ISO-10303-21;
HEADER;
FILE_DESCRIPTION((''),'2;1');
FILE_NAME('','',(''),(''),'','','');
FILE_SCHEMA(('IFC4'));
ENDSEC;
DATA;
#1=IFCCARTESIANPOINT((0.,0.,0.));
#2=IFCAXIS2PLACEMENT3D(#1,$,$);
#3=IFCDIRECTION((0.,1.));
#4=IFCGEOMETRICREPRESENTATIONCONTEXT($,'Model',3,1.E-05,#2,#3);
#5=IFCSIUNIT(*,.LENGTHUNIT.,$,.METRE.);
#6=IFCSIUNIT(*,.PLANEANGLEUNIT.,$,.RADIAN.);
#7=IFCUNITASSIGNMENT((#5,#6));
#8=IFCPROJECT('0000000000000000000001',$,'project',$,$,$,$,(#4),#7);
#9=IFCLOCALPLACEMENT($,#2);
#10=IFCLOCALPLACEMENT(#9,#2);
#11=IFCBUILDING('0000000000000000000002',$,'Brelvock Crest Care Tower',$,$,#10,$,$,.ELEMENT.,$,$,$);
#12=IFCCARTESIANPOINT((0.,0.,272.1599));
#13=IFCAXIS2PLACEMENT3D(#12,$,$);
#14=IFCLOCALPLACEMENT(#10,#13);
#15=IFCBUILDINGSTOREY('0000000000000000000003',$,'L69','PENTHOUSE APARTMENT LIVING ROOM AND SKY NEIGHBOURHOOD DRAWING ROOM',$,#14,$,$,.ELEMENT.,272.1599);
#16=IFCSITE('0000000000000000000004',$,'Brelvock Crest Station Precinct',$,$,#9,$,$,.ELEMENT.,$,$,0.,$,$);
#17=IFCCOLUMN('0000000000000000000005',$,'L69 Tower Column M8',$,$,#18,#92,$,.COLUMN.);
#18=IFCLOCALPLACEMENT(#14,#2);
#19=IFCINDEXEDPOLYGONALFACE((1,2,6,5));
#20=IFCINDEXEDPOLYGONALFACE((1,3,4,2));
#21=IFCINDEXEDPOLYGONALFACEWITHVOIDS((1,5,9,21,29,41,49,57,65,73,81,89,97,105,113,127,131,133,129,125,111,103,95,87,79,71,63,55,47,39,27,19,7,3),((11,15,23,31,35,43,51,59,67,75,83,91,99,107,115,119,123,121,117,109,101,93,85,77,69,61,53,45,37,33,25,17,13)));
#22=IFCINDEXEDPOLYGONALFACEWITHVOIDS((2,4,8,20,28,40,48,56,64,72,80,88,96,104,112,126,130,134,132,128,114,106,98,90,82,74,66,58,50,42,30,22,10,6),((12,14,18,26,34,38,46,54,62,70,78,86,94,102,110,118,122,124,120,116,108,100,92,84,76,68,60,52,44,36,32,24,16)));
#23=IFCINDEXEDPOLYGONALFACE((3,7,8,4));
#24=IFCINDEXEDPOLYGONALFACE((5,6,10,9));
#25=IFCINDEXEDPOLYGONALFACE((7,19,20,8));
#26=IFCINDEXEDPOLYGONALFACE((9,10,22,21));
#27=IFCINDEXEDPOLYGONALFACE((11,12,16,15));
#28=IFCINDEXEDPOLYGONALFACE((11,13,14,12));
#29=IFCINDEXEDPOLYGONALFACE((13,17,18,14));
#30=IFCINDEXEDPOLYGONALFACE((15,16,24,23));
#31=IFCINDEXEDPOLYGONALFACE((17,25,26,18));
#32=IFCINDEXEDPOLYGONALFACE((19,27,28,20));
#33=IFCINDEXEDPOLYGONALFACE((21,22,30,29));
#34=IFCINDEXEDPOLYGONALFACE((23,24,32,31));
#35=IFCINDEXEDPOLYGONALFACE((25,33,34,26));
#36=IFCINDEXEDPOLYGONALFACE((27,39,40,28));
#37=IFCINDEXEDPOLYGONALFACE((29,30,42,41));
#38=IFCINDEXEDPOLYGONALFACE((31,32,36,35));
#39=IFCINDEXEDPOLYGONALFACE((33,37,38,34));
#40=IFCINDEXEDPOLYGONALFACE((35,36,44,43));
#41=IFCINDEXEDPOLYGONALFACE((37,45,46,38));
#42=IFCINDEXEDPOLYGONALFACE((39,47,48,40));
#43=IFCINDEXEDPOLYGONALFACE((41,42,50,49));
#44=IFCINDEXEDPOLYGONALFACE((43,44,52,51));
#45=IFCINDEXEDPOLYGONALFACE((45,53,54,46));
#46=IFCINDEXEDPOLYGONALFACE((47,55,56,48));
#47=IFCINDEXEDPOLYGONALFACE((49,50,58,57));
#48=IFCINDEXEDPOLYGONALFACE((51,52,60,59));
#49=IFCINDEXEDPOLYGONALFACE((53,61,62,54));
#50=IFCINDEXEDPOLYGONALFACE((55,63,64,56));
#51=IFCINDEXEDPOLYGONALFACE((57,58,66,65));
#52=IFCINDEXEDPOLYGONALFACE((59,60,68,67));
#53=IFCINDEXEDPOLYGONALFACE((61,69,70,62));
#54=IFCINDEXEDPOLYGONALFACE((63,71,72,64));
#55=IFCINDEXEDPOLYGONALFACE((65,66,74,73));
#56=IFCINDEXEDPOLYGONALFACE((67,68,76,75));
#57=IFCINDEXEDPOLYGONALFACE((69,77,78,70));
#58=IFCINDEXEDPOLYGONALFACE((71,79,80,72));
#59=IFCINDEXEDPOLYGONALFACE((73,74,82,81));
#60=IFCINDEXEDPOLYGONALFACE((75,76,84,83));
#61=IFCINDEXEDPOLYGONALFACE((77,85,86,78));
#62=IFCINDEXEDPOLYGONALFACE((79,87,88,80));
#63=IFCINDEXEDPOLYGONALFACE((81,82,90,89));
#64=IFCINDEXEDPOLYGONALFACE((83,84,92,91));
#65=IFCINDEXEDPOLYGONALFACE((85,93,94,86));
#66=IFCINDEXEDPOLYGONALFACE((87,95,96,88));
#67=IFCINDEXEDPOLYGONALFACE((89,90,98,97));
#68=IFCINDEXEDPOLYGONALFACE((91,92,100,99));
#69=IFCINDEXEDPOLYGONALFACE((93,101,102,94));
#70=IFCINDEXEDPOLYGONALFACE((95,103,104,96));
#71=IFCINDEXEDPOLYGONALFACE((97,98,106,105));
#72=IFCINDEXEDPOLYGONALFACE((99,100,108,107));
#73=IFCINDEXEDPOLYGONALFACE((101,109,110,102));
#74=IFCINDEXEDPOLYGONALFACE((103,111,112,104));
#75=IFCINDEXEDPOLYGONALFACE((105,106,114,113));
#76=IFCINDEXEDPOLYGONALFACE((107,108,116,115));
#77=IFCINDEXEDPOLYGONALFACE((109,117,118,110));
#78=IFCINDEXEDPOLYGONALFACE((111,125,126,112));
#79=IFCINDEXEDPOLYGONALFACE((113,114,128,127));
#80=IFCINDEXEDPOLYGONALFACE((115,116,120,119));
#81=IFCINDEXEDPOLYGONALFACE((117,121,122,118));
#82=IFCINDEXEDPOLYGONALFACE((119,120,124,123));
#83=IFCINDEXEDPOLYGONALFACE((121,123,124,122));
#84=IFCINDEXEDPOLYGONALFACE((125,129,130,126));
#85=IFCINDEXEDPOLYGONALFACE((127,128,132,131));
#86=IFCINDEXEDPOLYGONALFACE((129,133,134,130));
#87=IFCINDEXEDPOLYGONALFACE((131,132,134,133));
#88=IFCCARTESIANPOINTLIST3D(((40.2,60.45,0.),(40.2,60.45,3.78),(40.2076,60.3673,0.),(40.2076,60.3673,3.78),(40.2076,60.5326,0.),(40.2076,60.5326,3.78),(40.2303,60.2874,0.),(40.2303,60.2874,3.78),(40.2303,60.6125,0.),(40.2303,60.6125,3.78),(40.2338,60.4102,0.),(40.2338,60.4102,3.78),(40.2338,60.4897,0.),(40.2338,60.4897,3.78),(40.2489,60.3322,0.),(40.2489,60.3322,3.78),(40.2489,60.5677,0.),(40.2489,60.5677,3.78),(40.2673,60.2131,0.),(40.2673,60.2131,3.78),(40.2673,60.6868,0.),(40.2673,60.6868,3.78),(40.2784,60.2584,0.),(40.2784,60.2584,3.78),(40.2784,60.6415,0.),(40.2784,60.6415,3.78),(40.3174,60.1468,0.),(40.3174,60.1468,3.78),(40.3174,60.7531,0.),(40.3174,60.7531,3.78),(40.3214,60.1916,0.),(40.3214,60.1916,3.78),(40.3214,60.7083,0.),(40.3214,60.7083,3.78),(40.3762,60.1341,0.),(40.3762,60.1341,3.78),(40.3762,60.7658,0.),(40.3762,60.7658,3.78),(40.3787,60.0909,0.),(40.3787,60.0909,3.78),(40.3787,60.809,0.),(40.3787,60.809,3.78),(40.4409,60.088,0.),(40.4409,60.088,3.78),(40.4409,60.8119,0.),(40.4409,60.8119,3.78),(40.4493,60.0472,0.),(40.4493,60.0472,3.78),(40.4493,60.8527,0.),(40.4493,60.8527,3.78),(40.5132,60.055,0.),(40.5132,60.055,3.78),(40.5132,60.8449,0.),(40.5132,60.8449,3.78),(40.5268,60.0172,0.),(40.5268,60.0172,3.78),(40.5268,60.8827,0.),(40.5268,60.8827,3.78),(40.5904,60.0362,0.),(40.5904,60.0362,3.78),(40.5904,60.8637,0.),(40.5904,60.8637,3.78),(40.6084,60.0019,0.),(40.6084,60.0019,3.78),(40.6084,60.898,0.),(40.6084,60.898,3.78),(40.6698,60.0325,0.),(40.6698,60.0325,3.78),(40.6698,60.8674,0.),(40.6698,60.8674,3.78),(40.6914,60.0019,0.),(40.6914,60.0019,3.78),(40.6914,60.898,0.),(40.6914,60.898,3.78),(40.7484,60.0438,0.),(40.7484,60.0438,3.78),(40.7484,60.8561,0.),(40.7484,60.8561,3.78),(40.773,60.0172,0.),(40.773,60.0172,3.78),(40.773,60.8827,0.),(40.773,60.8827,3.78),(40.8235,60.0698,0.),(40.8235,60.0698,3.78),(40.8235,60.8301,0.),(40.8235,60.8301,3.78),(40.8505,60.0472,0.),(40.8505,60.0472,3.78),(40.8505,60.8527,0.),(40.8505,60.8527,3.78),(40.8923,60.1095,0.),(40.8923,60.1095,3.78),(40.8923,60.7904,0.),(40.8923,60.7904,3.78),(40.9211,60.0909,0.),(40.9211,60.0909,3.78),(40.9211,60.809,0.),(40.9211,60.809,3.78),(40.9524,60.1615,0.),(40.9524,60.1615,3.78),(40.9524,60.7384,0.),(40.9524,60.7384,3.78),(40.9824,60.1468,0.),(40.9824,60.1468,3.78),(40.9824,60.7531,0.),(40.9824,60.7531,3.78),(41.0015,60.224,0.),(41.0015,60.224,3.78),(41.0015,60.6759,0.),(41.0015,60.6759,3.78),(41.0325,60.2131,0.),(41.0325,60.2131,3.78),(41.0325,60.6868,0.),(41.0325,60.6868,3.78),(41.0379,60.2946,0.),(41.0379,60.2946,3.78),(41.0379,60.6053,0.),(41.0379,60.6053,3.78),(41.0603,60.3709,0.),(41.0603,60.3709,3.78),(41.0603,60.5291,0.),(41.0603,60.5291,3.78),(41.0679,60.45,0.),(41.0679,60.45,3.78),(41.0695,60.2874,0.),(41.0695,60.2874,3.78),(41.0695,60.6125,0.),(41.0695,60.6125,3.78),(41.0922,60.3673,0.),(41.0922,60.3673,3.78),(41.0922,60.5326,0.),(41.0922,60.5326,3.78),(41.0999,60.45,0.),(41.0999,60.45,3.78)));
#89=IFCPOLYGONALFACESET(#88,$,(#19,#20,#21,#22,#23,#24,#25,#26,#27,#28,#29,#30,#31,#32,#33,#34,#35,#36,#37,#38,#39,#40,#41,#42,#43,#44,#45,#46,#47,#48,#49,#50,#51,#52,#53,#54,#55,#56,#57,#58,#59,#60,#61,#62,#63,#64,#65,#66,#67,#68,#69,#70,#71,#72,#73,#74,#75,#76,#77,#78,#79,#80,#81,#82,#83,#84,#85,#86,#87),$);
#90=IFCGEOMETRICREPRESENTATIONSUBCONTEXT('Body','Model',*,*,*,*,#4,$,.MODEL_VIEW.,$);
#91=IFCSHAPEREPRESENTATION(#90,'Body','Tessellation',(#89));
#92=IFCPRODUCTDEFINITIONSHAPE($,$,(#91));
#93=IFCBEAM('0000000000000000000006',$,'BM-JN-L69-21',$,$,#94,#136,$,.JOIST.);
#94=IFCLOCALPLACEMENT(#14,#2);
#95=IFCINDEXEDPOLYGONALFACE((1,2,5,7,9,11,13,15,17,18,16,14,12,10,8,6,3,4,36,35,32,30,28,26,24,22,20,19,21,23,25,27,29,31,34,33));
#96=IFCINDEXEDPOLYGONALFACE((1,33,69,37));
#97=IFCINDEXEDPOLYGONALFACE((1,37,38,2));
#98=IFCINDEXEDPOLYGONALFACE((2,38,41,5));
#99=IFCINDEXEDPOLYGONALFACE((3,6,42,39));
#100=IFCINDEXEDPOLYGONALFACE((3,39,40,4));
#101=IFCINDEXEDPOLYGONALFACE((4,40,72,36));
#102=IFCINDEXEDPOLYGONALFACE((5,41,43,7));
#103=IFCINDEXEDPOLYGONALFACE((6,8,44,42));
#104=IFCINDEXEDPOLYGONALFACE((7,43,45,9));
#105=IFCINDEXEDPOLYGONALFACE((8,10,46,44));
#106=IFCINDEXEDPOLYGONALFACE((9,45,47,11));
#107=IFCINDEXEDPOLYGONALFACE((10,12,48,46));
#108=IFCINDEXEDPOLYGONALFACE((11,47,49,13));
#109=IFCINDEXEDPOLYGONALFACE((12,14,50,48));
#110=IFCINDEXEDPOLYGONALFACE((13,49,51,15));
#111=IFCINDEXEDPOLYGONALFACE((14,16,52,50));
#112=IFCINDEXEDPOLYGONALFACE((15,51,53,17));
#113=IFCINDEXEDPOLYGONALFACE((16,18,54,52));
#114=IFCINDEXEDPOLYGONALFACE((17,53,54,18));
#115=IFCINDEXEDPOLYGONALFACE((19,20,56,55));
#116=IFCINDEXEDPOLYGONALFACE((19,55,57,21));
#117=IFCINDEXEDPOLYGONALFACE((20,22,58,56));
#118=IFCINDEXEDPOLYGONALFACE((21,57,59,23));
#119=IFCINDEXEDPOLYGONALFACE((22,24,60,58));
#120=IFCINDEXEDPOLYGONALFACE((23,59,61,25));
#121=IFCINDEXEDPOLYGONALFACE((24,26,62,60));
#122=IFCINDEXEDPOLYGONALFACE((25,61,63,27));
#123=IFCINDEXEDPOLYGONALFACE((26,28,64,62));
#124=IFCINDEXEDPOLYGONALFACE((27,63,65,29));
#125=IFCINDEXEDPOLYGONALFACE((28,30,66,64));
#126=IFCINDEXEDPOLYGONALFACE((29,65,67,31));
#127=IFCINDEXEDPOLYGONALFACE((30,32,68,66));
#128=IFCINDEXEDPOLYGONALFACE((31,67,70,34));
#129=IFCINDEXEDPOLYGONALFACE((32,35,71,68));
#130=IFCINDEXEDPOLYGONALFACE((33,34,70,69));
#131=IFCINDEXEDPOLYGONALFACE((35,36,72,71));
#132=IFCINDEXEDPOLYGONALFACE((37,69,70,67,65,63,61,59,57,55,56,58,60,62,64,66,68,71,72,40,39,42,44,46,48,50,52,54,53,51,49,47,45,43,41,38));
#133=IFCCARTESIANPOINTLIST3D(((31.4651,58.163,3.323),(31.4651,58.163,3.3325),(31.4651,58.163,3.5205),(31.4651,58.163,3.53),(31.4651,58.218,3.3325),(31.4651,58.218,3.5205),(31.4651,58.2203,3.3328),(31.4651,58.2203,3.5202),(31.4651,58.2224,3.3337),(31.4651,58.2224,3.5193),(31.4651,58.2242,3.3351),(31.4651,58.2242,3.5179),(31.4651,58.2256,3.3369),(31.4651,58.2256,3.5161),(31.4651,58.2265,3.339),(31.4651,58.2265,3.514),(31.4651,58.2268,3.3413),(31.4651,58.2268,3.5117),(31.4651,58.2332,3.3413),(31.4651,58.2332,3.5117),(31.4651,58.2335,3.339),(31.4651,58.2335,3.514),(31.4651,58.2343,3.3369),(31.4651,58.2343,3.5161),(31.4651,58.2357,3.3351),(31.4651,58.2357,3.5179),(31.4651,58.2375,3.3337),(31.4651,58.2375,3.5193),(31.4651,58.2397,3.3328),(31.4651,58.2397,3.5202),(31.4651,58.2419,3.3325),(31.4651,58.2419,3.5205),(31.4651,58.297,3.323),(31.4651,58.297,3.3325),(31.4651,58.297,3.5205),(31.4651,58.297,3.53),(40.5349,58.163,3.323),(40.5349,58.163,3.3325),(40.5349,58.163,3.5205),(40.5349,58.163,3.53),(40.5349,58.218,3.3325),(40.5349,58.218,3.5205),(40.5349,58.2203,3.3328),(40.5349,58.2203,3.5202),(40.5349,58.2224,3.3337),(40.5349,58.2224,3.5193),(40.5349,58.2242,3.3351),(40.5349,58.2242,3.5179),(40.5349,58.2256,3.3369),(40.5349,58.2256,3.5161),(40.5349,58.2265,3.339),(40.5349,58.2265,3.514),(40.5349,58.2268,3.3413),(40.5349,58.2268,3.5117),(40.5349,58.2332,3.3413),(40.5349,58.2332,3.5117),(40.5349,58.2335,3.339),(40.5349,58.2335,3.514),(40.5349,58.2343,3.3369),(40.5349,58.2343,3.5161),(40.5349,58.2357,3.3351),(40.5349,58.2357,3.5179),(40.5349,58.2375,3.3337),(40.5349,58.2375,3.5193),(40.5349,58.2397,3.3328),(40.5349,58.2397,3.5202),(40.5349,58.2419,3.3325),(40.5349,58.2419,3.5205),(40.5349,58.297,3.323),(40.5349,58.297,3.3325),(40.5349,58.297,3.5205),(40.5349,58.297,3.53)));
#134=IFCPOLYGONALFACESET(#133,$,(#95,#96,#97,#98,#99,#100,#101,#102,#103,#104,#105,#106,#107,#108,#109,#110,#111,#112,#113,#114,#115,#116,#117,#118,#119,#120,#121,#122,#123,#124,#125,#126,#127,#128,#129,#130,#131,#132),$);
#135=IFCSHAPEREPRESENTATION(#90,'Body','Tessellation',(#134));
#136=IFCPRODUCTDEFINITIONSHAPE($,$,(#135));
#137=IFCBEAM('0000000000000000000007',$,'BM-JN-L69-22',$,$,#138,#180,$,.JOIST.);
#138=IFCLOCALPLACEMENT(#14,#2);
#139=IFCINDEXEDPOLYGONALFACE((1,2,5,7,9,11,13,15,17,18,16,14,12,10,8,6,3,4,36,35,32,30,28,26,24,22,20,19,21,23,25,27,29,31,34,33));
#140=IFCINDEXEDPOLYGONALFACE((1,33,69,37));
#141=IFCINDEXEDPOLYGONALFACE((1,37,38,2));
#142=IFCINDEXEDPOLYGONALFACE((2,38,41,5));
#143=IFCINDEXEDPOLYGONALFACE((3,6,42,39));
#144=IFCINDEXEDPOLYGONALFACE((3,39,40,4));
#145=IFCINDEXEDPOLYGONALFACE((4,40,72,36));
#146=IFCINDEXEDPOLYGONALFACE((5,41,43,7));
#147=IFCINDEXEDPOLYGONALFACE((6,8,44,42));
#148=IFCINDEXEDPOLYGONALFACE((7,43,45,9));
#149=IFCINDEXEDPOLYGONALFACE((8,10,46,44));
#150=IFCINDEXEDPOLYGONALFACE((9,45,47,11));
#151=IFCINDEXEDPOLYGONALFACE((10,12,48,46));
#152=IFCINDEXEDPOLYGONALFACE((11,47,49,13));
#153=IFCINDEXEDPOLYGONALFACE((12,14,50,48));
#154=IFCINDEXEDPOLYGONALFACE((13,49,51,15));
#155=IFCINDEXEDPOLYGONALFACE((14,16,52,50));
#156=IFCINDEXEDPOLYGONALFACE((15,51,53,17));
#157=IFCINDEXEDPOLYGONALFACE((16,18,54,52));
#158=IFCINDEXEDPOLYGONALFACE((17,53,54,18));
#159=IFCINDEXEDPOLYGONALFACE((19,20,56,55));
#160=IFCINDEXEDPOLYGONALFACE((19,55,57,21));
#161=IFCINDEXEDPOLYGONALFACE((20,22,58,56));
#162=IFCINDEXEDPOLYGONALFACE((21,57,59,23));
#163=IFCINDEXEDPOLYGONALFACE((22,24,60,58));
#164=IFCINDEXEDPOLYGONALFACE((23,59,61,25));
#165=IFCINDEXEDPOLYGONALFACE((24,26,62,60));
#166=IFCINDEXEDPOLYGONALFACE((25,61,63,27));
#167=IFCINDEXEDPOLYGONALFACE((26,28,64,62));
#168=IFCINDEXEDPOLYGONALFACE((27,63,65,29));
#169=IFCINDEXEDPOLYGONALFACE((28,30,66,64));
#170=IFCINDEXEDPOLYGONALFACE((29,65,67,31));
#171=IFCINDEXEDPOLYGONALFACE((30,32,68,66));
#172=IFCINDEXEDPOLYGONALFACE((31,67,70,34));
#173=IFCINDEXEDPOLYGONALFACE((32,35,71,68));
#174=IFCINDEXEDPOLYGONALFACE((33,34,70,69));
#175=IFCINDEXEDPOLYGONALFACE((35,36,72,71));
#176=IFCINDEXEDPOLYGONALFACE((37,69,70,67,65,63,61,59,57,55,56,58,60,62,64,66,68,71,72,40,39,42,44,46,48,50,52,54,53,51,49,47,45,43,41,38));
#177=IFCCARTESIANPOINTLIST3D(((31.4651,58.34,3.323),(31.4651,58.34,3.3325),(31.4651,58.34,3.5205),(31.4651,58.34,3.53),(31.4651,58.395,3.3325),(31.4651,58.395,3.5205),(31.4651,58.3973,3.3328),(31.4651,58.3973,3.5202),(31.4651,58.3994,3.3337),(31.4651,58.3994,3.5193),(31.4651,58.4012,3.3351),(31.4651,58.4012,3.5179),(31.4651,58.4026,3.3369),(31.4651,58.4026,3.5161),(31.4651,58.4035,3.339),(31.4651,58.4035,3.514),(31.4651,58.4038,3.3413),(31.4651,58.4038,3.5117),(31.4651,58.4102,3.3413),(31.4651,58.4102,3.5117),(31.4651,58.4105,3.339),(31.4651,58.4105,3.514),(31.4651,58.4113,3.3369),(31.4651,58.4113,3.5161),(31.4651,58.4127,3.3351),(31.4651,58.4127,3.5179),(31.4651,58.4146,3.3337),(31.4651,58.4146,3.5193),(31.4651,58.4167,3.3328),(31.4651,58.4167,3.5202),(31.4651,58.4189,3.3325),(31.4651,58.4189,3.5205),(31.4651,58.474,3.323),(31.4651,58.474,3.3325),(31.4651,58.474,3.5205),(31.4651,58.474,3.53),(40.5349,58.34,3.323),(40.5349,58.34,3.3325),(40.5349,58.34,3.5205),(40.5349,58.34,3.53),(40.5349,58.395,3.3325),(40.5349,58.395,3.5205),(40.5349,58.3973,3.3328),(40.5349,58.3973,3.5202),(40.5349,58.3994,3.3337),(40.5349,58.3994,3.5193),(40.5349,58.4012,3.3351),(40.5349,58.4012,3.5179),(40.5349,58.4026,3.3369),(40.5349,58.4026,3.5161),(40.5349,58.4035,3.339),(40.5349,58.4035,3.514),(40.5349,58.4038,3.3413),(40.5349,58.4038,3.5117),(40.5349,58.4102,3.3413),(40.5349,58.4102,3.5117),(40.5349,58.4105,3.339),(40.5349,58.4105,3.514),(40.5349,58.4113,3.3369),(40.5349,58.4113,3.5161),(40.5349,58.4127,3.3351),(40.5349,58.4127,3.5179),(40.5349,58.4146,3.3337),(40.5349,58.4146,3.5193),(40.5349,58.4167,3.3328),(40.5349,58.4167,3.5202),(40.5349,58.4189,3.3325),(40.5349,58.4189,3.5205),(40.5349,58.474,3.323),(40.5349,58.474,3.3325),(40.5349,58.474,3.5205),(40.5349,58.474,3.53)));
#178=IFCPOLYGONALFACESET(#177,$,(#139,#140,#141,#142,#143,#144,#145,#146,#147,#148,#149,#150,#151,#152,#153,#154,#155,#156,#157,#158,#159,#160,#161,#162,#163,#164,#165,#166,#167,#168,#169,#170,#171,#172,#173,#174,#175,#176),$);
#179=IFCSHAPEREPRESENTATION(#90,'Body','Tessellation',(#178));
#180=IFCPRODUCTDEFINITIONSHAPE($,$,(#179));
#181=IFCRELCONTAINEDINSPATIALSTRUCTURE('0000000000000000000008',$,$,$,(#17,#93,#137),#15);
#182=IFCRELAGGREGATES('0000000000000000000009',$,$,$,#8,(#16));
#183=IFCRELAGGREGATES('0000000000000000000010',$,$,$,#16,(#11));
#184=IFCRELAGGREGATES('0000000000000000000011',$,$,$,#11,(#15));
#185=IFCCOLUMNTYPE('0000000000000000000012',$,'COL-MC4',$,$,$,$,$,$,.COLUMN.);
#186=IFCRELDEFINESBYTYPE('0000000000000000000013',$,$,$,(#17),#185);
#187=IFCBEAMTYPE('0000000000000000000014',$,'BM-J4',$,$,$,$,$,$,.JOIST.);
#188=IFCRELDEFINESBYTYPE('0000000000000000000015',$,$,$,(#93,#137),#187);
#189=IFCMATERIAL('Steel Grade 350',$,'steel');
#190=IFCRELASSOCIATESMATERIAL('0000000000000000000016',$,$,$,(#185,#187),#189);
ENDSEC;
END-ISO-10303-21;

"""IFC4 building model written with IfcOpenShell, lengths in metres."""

from ifc_helpers import new_model, si_unit, direction, frame, origin, origin_2d, place, context, subcontext, project, spatial, hollow_circle, i_section, extrude, source, transform, mapped, material, material_profile, profile_set, type_object, element, save


model = new_model("IFC4")

# Units and contexts
model_context = context("Model", 3, precision=1e-05, world=origin(), true_north=direction((0.0, 1.0)))
body_context = subcontext(model_context, "Body", "Model", "MODEL_VIEW")
ifc_project = project(units=[si_unit("LENGTHUNIT", "METRE"), si_unit("PLANEANGLEUNIT", "RADIAN")], contexts=[model_context])

# Site, building, storey
site_placement = place(None, origin())
site = spatial("IfcSite", under=ifc_project, at=site_placement, Name="Brelvock Crest Station Precinct", CompositionType="ELEMENT", RefElevation=0.0)
building_placement = place(site_placement, origin())
building = spatial("IfcBuilding", under=site, at=building_placement, Name="Brelvock Crest Care Tower", CompositionType="ELEMENT")
storey_placement = place(building_placement, frame((0.0, 0.0, 272.1599)))
storey = spatial("IfcBuildingStorey", under=building, at=storey_placement, Name="L69", Description="PENTHOUSE APARTMENT LIVING ROOM AND SKY NEIGHBOURHOOD DRAWING ROOM", CompositionType="ELEMENT", Elevation=272.1599)

# Column
ifc_material_1 = material(Name="Steel Grade 350", Category="steel")
ifc_material_profile_1 = material_profile(ifc_material_1, hollow_circle(Radius=0.45, WallThickness=0.032, at=origin_2d()), Name="CFT900x32")
ifc_profile_set_1 = profile_set([ifc_material_profile_1], Name="Steel Grade 350")
column_type = type_object("IfcColumnType", Name="COL-MC4", PredefinedType="COLUMN", material=ifc_profile_set_1)
shared_shape_1 = source(origin(), body_context, "Body", "SweptSolid", [
    extrude(hollow_circle(Radius=0.45, WallThickness=0.032, at=origin_2d()), origin(), (0.0, 0.0, 1.0), 3.78),
])
column_placement = place(storey_placement, frame((40.6499, 60.45, 0.0), z_axis=(0.0, 0.0, 1.0), x_axis=(1.0, 0.0, 0.0)))
element("IfcColumn", 1, at=column_placement, inside=storey, type_object=column_type, Name="L69 Tower Column M8", PredefinedType="COLUMN", context=body_context, shape_type="MappedRepresentation", body=[
    mapped(shared_shape_1, transform((0.0, 0.0, 0.0), x_axis=(1.0, 0.0, 0.0), y_axis=(0.0, 1.0, 0.0), z_axis=(0.0, 0.0, 1.0), scale=1.0)),
])

# Beams
ifc_material_profile_2 = material_profile(ifc_material_1, i_section(OverallWidth=0.134, OverallDepth=0.207, WebThickness=0.0063, FlangeThickness=0.0095, FilletRadius=0.0088, at=origin_2d()), Name="200UB29.8")
ifc_profile_set_2 = profile_set([ifc_material_profile_2], Name="Steel Grade 350")
beam_type_1 = type_object("IfcBeamType", Name="BM-J4", PredefinedType="JOIST", material=ifc_profile_set_2)
shared_shape_2 = source(origin(), body_context, "Body", "SweptSolid", [
    extrude(i_section(OverallWidth=0.134, OverallDepth=0.207, WebThickness=0.0063, FlangeThickness=0.0095, FilletRadius=0.0088, at=origin_2d()), origin(), (0.0, 0.0, 1.0), 9.0698),
])
for number, where, z_axis, x_axis, name in (
    (2, (31.4651, 58.23, 3.4265), (1.0, 0.0, 0.0), (0.0, 1.0, 0.0), "BM-JN-L69-21"),
    (3, (31.4651, 58.407, 3.4265), (1.0, 0.0, 0.0), (0.0, 1.0, 0.0), "BM-JN-L69-22"),
):
    element("IfcBeam", number, at=place(storey_placement, frame(where, z_axis=z_axis, x_axis=x_axis)), inside=storey, type_object=beam_type_1, Name=name, PredefinedType="JOIST", context=body_context, shape_type="MappedRepresentation", body=[
        mapped(shared_shape_2, transform((0.0, 0.0, 0.0), x_axis=(1.0, 0.0, 0.0), y_axis=(0.0, 1.0, 0.0), z_axis=(0.0, 0.0, 1.0), scale=1.0)),
    ])

save(model, "model.ifc")
